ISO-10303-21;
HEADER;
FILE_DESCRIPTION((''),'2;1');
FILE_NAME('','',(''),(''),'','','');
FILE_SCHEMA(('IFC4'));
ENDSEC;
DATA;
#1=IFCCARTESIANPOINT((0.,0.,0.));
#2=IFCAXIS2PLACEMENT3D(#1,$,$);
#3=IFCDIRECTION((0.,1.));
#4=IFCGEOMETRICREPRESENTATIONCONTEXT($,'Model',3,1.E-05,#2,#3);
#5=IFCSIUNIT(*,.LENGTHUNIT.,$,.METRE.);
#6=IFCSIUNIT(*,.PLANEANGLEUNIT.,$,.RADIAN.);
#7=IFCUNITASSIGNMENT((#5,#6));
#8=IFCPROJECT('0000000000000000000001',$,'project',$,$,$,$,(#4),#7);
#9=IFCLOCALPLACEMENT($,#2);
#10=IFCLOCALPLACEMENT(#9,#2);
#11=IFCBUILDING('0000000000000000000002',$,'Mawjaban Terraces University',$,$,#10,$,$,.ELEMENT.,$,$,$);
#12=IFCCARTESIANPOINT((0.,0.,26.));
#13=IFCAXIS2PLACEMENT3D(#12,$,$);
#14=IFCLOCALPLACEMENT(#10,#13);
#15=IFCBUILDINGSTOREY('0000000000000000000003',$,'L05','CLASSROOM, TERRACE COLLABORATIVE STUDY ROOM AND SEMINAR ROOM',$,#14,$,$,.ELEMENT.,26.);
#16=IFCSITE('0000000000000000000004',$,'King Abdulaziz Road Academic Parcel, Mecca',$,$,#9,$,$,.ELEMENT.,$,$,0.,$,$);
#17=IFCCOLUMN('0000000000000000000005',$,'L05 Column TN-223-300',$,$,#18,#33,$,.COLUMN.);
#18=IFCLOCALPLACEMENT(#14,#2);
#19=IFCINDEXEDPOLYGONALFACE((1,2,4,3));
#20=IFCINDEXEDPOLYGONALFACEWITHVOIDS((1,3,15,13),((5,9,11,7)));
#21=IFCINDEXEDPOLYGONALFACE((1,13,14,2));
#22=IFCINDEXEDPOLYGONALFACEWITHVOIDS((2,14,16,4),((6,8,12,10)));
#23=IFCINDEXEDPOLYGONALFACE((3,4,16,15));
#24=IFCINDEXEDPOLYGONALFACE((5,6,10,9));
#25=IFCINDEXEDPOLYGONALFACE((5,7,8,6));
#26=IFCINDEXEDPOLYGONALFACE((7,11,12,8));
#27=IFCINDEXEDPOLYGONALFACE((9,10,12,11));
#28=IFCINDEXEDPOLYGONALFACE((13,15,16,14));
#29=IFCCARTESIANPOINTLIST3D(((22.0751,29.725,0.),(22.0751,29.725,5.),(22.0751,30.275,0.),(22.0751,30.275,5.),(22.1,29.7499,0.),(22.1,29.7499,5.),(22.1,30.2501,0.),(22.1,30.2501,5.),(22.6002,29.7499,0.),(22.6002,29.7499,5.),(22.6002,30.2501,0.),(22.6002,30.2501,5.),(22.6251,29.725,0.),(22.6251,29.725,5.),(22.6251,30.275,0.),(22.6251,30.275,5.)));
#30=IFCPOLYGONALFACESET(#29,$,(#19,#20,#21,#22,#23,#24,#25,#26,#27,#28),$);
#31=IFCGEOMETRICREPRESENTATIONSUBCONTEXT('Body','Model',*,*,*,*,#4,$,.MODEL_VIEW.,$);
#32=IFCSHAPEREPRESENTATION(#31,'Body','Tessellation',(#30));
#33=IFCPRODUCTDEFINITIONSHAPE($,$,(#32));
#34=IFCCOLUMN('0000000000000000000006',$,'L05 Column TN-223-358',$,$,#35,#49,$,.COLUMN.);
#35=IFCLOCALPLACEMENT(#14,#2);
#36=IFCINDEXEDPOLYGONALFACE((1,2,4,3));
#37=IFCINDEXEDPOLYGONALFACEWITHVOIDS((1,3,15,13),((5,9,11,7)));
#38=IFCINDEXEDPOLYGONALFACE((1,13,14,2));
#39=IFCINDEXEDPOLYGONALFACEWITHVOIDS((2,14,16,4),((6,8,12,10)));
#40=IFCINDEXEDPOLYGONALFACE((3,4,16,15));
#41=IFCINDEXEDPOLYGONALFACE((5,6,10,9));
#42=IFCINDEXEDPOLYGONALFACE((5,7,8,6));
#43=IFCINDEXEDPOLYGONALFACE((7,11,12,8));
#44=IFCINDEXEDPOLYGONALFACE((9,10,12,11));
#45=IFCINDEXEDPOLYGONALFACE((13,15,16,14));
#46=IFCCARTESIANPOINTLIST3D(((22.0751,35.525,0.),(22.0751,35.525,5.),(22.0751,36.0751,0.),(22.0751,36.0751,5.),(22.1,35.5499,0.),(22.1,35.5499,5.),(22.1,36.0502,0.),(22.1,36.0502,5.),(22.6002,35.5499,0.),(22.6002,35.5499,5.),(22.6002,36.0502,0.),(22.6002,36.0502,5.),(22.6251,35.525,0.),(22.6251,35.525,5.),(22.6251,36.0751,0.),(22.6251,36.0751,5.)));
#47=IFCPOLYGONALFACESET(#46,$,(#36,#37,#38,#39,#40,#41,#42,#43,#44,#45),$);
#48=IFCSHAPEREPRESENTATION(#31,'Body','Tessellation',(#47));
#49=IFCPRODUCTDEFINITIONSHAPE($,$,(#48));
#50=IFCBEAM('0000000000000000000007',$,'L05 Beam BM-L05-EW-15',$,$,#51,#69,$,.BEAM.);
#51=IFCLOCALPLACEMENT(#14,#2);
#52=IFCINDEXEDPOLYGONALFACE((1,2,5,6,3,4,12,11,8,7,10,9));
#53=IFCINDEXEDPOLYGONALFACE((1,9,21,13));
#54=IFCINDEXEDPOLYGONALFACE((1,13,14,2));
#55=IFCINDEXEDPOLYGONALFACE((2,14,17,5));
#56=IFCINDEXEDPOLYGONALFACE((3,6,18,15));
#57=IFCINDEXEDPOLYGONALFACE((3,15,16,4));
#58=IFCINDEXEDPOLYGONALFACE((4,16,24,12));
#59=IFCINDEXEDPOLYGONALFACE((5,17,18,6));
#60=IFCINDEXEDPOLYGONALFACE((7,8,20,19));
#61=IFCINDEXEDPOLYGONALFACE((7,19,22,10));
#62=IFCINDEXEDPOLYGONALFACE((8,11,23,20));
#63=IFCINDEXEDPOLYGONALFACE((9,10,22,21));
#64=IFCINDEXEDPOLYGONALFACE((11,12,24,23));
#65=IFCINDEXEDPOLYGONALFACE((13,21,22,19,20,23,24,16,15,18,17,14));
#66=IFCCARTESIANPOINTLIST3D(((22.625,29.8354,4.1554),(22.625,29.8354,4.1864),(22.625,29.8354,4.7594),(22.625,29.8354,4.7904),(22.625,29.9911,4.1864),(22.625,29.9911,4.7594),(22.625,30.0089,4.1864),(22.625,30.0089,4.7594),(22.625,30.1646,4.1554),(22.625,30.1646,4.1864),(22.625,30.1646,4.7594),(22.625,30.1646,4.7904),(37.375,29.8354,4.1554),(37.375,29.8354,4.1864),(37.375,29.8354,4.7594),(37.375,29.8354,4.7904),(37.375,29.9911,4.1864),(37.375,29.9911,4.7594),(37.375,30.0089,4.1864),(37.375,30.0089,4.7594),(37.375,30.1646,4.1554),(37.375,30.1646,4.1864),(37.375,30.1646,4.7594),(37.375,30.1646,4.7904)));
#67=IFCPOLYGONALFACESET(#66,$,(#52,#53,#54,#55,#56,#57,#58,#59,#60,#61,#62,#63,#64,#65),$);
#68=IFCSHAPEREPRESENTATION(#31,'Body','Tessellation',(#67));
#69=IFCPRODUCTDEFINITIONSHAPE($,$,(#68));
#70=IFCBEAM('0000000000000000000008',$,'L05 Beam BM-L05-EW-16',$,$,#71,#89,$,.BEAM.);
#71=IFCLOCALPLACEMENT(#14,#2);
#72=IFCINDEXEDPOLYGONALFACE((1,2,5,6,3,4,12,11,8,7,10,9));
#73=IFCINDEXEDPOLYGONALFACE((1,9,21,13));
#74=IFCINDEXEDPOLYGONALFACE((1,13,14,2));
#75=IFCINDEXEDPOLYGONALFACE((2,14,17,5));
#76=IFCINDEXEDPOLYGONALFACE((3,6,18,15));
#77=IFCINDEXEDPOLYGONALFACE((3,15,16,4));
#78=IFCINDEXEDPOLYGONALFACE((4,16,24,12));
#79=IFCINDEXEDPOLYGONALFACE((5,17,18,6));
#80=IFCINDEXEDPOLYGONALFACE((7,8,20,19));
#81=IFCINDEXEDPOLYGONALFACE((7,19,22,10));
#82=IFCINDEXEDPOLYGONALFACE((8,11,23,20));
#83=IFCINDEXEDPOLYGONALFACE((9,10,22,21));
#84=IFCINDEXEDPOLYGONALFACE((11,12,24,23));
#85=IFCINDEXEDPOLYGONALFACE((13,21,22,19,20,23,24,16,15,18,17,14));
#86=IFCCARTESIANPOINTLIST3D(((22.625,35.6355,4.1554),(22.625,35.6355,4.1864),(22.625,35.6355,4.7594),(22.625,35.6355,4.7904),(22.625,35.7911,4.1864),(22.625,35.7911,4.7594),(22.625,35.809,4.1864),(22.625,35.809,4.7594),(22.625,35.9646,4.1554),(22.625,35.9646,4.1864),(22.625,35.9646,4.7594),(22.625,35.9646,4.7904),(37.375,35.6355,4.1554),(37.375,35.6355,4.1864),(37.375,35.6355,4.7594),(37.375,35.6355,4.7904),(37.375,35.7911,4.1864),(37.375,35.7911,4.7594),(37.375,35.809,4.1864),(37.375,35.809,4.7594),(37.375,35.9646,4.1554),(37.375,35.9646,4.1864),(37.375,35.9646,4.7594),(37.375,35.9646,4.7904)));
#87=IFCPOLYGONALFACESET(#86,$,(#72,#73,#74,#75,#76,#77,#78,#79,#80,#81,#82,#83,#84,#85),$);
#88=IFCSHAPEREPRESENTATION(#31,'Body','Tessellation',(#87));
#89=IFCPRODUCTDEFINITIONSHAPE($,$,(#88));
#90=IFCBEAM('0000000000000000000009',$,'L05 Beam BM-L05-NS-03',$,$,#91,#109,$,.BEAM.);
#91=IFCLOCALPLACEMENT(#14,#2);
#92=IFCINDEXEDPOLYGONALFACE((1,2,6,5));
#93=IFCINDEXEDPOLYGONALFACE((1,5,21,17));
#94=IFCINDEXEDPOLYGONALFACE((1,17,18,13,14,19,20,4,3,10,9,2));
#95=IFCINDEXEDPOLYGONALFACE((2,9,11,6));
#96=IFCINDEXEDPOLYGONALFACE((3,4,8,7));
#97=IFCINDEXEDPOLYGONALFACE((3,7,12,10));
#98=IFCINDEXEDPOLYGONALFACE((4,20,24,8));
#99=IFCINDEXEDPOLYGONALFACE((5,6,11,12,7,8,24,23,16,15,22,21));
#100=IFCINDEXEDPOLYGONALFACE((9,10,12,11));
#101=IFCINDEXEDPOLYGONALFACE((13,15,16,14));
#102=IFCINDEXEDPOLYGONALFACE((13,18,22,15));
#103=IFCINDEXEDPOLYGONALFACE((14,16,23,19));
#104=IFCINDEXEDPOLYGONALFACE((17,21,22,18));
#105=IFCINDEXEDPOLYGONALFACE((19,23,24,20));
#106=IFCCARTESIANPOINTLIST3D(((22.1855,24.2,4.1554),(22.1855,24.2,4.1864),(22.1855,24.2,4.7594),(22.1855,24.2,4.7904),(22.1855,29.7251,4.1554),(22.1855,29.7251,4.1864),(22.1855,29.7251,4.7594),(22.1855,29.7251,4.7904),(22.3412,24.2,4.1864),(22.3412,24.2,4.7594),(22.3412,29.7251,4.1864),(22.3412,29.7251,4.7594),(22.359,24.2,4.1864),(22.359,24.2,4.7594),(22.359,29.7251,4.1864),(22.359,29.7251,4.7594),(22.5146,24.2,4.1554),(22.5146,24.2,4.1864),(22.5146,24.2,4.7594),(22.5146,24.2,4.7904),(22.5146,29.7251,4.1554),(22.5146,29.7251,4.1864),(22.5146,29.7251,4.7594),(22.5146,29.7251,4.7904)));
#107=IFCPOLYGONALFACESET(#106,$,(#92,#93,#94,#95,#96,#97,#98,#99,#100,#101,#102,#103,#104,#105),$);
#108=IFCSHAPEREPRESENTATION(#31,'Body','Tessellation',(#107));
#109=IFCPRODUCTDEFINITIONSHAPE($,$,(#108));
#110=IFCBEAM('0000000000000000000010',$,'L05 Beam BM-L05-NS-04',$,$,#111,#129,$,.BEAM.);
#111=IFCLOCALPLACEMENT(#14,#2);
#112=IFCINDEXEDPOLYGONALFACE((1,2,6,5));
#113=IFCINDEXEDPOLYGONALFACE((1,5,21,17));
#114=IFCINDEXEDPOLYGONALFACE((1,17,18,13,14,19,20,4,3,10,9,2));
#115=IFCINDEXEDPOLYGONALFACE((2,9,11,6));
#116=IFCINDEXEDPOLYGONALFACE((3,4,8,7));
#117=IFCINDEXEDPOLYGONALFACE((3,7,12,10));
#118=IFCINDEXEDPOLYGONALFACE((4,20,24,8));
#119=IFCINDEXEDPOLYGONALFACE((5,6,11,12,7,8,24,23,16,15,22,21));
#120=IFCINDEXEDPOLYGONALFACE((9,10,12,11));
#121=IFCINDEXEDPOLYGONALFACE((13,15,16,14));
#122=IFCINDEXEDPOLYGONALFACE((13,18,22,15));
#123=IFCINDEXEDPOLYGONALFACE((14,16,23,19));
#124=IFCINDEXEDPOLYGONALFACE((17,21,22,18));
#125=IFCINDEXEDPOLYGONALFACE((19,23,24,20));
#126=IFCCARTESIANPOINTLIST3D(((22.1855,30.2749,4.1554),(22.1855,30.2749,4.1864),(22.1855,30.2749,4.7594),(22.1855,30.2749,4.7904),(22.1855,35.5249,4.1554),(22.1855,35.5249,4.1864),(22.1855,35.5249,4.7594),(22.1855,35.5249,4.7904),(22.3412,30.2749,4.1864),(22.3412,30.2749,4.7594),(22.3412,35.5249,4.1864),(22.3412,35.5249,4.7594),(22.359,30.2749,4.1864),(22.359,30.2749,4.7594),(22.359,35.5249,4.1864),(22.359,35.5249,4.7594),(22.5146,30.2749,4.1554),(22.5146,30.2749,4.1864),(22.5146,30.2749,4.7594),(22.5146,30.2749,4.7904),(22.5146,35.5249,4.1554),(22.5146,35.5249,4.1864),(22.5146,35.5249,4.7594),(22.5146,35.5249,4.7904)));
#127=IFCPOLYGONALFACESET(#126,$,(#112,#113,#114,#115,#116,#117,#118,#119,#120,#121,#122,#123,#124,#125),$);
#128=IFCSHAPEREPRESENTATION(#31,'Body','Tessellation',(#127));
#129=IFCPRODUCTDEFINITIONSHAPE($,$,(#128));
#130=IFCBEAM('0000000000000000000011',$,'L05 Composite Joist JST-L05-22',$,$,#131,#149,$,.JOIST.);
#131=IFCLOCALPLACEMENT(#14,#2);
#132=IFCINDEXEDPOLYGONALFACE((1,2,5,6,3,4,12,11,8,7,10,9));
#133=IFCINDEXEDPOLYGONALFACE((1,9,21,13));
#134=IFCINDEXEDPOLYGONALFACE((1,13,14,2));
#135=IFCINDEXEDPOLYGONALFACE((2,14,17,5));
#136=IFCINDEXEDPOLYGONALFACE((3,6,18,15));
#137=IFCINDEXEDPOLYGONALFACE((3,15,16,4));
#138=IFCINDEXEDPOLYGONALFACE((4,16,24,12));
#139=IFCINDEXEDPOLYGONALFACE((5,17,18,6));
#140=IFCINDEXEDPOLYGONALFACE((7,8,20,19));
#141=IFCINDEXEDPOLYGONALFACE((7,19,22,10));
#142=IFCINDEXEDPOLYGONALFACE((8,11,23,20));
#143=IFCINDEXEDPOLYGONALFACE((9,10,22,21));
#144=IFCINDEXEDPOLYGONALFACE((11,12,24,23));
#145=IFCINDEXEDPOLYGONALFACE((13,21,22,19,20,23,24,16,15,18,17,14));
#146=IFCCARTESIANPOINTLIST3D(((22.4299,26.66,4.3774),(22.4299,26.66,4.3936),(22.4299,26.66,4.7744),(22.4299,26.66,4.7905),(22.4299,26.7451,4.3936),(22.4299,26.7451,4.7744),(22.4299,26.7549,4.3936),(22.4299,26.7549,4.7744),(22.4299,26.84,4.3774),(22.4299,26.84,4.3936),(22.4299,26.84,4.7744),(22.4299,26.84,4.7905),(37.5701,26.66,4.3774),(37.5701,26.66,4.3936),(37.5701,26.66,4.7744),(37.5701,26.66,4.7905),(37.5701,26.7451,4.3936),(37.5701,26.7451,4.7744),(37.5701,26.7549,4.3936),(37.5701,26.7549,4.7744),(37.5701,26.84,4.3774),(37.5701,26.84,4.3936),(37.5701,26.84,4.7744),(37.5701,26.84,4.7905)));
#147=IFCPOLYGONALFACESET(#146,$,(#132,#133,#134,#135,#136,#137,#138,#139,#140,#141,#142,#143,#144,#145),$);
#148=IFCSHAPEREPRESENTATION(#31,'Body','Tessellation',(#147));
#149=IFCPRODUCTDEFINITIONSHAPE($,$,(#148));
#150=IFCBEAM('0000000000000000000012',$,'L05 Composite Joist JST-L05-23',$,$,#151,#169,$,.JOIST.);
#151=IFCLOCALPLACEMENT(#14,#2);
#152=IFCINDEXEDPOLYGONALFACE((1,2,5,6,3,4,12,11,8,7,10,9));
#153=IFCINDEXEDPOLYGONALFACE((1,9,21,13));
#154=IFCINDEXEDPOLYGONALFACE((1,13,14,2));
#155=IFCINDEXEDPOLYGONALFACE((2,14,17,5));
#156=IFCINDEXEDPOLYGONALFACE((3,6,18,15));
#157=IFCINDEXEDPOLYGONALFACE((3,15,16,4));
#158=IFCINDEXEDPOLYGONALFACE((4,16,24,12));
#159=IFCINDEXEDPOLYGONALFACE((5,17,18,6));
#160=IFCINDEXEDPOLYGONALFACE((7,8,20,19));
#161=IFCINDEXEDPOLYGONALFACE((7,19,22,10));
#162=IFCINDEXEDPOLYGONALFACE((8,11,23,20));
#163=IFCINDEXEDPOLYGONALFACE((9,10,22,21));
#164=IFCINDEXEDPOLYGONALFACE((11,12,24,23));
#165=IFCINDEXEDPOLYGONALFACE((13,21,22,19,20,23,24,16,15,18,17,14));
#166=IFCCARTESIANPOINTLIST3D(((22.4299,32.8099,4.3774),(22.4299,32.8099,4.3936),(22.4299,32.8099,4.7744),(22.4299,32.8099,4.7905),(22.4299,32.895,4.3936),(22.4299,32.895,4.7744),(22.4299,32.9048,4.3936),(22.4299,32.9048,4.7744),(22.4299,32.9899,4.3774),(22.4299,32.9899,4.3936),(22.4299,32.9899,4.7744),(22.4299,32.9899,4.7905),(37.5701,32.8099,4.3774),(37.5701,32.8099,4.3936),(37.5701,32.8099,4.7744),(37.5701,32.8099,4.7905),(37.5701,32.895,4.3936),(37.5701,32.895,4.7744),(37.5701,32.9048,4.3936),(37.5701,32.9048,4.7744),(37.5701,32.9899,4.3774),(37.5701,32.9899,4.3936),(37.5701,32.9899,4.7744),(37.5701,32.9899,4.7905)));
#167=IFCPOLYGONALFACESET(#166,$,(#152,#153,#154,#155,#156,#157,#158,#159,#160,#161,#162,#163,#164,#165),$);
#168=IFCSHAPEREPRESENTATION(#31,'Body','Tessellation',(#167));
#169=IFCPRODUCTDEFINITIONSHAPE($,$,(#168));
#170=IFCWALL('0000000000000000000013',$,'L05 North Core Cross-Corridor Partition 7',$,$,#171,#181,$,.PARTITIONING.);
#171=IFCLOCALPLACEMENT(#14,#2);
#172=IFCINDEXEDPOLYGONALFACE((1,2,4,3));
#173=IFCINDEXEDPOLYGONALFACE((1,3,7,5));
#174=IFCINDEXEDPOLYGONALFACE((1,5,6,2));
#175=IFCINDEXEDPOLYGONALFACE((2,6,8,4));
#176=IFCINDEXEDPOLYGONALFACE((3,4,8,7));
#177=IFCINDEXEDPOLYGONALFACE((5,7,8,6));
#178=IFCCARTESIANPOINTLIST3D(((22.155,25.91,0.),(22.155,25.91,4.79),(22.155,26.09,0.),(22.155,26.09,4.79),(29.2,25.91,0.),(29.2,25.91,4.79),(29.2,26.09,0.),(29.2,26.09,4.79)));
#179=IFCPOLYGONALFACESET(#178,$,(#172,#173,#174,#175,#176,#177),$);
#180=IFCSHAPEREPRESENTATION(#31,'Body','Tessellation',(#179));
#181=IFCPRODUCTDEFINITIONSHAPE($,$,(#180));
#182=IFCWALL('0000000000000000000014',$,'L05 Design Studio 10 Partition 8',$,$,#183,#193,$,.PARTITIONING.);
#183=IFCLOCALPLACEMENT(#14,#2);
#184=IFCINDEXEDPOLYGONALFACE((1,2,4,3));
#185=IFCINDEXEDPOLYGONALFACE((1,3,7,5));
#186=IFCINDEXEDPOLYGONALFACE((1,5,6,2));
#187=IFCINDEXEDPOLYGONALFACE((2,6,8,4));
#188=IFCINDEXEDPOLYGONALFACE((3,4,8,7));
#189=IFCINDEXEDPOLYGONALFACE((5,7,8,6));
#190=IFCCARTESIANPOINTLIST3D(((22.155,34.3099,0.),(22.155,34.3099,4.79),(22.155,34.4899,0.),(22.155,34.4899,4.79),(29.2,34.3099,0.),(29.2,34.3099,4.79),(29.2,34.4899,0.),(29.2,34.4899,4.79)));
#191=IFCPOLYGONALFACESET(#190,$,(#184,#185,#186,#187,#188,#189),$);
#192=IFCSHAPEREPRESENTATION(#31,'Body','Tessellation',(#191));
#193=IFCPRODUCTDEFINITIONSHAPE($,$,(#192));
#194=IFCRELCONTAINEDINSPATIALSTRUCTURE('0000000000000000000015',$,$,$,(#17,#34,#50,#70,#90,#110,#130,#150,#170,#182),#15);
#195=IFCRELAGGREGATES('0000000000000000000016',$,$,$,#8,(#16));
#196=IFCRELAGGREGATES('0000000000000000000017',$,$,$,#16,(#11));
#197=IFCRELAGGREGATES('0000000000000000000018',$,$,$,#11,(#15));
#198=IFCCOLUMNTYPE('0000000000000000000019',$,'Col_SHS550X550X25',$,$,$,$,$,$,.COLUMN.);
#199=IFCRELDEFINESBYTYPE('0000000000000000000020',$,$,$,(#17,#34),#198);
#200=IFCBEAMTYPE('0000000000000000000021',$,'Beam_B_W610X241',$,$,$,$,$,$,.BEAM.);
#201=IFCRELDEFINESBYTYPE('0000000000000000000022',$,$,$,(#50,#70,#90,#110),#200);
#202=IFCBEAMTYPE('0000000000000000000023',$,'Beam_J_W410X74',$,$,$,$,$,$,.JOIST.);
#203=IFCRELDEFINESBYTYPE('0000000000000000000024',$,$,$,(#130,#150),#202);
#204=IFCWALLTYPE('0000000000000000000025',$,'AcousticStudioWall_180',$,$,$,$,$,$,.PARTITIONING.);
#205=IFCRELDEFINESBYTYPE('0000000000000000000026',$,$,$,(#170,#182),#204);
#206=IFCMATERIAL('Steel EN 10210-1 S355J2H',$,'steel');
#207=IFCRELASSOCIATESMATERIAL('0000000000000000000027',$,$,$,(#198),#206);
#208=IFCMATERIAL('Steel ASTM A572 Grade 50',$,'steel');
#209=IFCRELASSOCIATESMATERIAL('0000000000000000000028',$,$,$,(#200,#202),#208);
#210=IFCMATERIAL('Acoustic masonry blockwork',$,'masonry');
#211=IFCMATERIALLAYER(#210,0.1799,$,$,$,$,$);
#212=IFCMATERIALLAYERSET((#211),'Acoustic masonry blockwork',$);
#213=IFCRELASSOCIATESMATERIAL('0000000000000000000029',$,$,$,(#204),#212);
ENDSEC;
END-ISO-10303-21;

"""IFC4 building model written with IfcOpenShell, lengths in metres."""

from ifc_helpers import new_model, si_unit, direction, frame, frame_2d, origin, origin_2d, place, context, subcontext, project, spatial, rectangle, hollow_rectangle, i_section, extrude, material, layer, layer_set, material_profile, profile_set, type_object, element, save


model = new_model("IFC4")

# Units and contexts
model_context = context("Model", 3, precision=1e-05, world=origin(), true_north=direction((0.0, 1.0)))
body_context = subcontext(model_context, "Body", "Model", "MODEL_VIEW")
ifc_project = project(units=[si_unit("LENGTHUNIT", "METRE"), si_unit("PLANEANGLEUNIT", "RADIAN")], contexts=[model_context])

# Site, building, storey
site_placement = place(None, origin())
site = spatial("IfcSite", under=ifc_project, at=site_placement, Name="King Abdulaziz Road Academic Parcel, Mecca", CompositionType="ELEMENT", RefElevation=0.0)
building_placement = place(site_placement, origin())
building = spatial("IfcBuilding", under=site, at=building_placement, Name="Mawjaban Terraces University", CompositionType="ELEMENT")
storey_placement = place(building_placement, frame((0.0, 0.0, 26.0)))
storey = spatial("IfcBuildingStorey", under=building, at=storey_placement, Name="L05", Description="CLASSROOM, TERRACE COLLABORATIVE STUDY ROOM AND SEMINAR ROOM", CompositionType="ELEMENT", Elevation=26.0)

# Columns
ifc_material_1 = material(Name="Steel EN 10210-1 S355J2H", Category="steel")
ifc_material_profile_1 = material_profile(ifc_material_1, hollow_rectangle(XDim=0.55, YDim=0.55, WallThickness=0.0249, at=origin_2d()), Name="SHS550X550X25")
ifc_profile_set_1 = profile_set([ifc_material_profile_1], Name="Steel EN 10210-1 S355J2H")
column_type = type_object("IfcColumnType", Name="Col_SHS550X550X25", PredefinedType="COLUMN", material=ifc_profile_set_1)
for number, where, z_axis, x_axis, name in (
    (1, (22.3501, 30.0, 0.0), (0.0, 0.0, 1.0), (1.0, 0.0, 0.0), "L05 Column TN-223-300"),
    (2, (22.3501, 35.8, 0.0), (0.0, 0.0, 1.0), (1.0, 0.0, 0.0), "L05 Column TN-223-358"),
):
    element("IfcColumn", number, at=place(storey_placement, frame(where, z_axis=z_axis, x_axis=x_axis)), inside=storey, type_object=column_type, Name=name, PredefinedType="COLUMN", context=body_context, shape_type="SweptSolid", body=[
        extrude(hollow_rectangle(XDim=0.55, YDim=0.55, WallThickness=0.0249, at=origin_2d()), origin(), (0.0, 0.0, 1.0), 5.0),
    ])

# Beams
ifc_material_2 = material(Name="Steel ASTM A572 Grade 50", Category="steel")
ifc_material_profile_2 = material_profile(ifc_material_2, i_section(OverallWidth=0.3291, OverallDepth=0.635, WebThickness=0.0178, FlangeThickness=0.031, at=origin_2d()), Name="W610X241")
ifc_profile_set_2 = profile_set([ifc_material_profile_2], Name="Steel ASTM A572 Grade 50")
beam_type_1 = type_object("IfcBeamType", Name="Beam_B_W610X241", PredefinedType="BEAM", material=ifc_profile_set_2)
for number, where, z_axis, x_axis, name in (
    (3, (22.625, 30.0, 4.4729), (1.0, 0.0, 0.0), (0.0, 1.0, 0.0), "L05 Beam BM-L05-EW-15"),
    (4, (22.625, 35.8, 4.4729), (1.0, 0.0, 0.0), (0.0, 1.0, 0.0), "L05 Beam BM-L05-EW-16"),
):
    element("IfcBeam", number, at=place(storey_placement, frame(where, z_axis=z_axis, x_axis=x_axis)), inside=storey, type_object=beam_type_1, Name=name, PredefinedType="BEAM", context=body_context, shape_type="SweptSolid", body=[
        extrude(i_section(OverallWidth=0.3291, OverallDepth=0.635, WebThickness=0.0178, FlangeThickness=0.031, at=origin_2d()), origin(), (0.0, 0.0, 1.0), 14.75),
    ])
beam_1_placement = place(storey_placement, frame((22.3501, 24.2, 4.4729), z_axis=(0.0, 1.0, 0.0), x_axis=(-1.0, 0.0, 0.0)))
element("IfcBeam", 5, at=beam_1_placement, inside=storey, type_object=beam_type_1, Name="L05 Beam BM-L05-NS-03", PredefinedType="BEAM", context=body_context, shape_type="SweptSolid", body=[
    extrude(i_section(OverallWidth=0.3291, OverallDepth=0.635, WebThickness=0.0178, FlangeThickness=0.031, at=origin_2d()), origin(), (0.0, 0.0, 1.0), 5.5251),
])
beam_2_placement = place(storey_placement, frame((22.3501, 30.2749, 4.4729), z_axis=(0.0, 1.0, 0.0), x_axis=(-1.0, 0.0, 0.0)))
element("IfcBeam", 6, at=beam_2_placement, inside=storey, type_object=beam_type_1, Name="L05 Beam BM-L05-NS-04", PredefinedType="BEAM", context=body_context, shape_type="SweptSolid", body=[
    extrude(i_section(OverallWidth=0.3291, OverallDepth=0.635, WebThickness=0.0178, FlangeThickness=0.031, at=origin_2d()), origin(), (0.0, 0.0, 1.0), 5.25),
])
ifc_material_profile_3 = material_profile(ifc_material_2, i_section(OverallWidth=0.1799, OverallDepth=0.4131, WebThickness=0.0098, FlangeThickness=0.0161, at=origin_2d()), Name="W410X74")
ifc_profile_set_3 = profile_set([ifc_material_profile_3], Name="Steel ASTM A572 Grade 50")
beam_type_2 = type_object("IfcBeamType", Name="Beam_J_W410X74", PredefinedType="JOIST", material=ifc_profile_set_3)
for number, where, z_axis, x_axis, name in (
    (7, (22.4299, 26.75, 4.584), (1.0, 0.0, 0.0), (0.0, 1.0, 0.0), "L05 Composite Joist JST-L05-22"),
    (8, (22.4299, 32.8999, 4.584), (1.0, 0.0, 0.0), (0.0, 1.0, 0.0), "L05 Composite Joist JST-L05-23"),
):
    element("IfcBeam", number, at=place(storey_placement, frame(where, z_axis=z_axis, x_axis=x_axis)), inside=storey, type_object=beam_type_2, Name=name, PredefinedType="JOIST", context=body_context, shape_type="SweptSolid", body=[
        extrude(i_section(OverallWidth=0.1799, OverallDepth=0.4131, WebThickness=0.0098, FlangeThickness=0.0161, at=origin_2d()), origin(), (0.0, 0.0, 1.0), 15.1401),
    ])

# Walls
ifc_material_3 = material(Name="Acoustic masonry blockwork", Category="masonry")
ifc_layer_1 = layer(ifc_material_3, 0.1799)
ifc_layer_set_1 = layer_set([ifc_layer_1], Name="Acoustic masonry blockwork")
wall_type_1 = type_object("IfcWallType", Name="AcousticStudioWall_180", PredefinedType="PARTITIONING", material=ifc_layer_set_1)
for number, where, z_axis, x_axis, name in (
    (9, (29.2, 26.0, 0.0), (0.0, 0.0, 1.0), (-1.0, 0.0, 0.0), "L05 North Core Cross-Corridor Partition 7"),
    (10, (29.2, 34.3999, 0.0), (0.0, 0.0, 1.0), (-1.0, 0.0, 0.0), "L05 Design Studio 10 Partition 8"),
):
    element("IfcWall", number, at=place(storey_placement, frame(where, z_axis=z_axis, x_axis=x_axis)), inside=storey, type_object=wall_type_1, Name=name, PredefinedType="PARTITIONING", context=body_context, shape_type="SweptSolid", body=[
        extrude(rectangle(XDim=7.0449, YDim=0.1799, at=frame_2d((3.5225, 0.0))), origin(), (0.0, 0.0, 1.0), 4.79),
    ])

save(model, "model.ifc")
